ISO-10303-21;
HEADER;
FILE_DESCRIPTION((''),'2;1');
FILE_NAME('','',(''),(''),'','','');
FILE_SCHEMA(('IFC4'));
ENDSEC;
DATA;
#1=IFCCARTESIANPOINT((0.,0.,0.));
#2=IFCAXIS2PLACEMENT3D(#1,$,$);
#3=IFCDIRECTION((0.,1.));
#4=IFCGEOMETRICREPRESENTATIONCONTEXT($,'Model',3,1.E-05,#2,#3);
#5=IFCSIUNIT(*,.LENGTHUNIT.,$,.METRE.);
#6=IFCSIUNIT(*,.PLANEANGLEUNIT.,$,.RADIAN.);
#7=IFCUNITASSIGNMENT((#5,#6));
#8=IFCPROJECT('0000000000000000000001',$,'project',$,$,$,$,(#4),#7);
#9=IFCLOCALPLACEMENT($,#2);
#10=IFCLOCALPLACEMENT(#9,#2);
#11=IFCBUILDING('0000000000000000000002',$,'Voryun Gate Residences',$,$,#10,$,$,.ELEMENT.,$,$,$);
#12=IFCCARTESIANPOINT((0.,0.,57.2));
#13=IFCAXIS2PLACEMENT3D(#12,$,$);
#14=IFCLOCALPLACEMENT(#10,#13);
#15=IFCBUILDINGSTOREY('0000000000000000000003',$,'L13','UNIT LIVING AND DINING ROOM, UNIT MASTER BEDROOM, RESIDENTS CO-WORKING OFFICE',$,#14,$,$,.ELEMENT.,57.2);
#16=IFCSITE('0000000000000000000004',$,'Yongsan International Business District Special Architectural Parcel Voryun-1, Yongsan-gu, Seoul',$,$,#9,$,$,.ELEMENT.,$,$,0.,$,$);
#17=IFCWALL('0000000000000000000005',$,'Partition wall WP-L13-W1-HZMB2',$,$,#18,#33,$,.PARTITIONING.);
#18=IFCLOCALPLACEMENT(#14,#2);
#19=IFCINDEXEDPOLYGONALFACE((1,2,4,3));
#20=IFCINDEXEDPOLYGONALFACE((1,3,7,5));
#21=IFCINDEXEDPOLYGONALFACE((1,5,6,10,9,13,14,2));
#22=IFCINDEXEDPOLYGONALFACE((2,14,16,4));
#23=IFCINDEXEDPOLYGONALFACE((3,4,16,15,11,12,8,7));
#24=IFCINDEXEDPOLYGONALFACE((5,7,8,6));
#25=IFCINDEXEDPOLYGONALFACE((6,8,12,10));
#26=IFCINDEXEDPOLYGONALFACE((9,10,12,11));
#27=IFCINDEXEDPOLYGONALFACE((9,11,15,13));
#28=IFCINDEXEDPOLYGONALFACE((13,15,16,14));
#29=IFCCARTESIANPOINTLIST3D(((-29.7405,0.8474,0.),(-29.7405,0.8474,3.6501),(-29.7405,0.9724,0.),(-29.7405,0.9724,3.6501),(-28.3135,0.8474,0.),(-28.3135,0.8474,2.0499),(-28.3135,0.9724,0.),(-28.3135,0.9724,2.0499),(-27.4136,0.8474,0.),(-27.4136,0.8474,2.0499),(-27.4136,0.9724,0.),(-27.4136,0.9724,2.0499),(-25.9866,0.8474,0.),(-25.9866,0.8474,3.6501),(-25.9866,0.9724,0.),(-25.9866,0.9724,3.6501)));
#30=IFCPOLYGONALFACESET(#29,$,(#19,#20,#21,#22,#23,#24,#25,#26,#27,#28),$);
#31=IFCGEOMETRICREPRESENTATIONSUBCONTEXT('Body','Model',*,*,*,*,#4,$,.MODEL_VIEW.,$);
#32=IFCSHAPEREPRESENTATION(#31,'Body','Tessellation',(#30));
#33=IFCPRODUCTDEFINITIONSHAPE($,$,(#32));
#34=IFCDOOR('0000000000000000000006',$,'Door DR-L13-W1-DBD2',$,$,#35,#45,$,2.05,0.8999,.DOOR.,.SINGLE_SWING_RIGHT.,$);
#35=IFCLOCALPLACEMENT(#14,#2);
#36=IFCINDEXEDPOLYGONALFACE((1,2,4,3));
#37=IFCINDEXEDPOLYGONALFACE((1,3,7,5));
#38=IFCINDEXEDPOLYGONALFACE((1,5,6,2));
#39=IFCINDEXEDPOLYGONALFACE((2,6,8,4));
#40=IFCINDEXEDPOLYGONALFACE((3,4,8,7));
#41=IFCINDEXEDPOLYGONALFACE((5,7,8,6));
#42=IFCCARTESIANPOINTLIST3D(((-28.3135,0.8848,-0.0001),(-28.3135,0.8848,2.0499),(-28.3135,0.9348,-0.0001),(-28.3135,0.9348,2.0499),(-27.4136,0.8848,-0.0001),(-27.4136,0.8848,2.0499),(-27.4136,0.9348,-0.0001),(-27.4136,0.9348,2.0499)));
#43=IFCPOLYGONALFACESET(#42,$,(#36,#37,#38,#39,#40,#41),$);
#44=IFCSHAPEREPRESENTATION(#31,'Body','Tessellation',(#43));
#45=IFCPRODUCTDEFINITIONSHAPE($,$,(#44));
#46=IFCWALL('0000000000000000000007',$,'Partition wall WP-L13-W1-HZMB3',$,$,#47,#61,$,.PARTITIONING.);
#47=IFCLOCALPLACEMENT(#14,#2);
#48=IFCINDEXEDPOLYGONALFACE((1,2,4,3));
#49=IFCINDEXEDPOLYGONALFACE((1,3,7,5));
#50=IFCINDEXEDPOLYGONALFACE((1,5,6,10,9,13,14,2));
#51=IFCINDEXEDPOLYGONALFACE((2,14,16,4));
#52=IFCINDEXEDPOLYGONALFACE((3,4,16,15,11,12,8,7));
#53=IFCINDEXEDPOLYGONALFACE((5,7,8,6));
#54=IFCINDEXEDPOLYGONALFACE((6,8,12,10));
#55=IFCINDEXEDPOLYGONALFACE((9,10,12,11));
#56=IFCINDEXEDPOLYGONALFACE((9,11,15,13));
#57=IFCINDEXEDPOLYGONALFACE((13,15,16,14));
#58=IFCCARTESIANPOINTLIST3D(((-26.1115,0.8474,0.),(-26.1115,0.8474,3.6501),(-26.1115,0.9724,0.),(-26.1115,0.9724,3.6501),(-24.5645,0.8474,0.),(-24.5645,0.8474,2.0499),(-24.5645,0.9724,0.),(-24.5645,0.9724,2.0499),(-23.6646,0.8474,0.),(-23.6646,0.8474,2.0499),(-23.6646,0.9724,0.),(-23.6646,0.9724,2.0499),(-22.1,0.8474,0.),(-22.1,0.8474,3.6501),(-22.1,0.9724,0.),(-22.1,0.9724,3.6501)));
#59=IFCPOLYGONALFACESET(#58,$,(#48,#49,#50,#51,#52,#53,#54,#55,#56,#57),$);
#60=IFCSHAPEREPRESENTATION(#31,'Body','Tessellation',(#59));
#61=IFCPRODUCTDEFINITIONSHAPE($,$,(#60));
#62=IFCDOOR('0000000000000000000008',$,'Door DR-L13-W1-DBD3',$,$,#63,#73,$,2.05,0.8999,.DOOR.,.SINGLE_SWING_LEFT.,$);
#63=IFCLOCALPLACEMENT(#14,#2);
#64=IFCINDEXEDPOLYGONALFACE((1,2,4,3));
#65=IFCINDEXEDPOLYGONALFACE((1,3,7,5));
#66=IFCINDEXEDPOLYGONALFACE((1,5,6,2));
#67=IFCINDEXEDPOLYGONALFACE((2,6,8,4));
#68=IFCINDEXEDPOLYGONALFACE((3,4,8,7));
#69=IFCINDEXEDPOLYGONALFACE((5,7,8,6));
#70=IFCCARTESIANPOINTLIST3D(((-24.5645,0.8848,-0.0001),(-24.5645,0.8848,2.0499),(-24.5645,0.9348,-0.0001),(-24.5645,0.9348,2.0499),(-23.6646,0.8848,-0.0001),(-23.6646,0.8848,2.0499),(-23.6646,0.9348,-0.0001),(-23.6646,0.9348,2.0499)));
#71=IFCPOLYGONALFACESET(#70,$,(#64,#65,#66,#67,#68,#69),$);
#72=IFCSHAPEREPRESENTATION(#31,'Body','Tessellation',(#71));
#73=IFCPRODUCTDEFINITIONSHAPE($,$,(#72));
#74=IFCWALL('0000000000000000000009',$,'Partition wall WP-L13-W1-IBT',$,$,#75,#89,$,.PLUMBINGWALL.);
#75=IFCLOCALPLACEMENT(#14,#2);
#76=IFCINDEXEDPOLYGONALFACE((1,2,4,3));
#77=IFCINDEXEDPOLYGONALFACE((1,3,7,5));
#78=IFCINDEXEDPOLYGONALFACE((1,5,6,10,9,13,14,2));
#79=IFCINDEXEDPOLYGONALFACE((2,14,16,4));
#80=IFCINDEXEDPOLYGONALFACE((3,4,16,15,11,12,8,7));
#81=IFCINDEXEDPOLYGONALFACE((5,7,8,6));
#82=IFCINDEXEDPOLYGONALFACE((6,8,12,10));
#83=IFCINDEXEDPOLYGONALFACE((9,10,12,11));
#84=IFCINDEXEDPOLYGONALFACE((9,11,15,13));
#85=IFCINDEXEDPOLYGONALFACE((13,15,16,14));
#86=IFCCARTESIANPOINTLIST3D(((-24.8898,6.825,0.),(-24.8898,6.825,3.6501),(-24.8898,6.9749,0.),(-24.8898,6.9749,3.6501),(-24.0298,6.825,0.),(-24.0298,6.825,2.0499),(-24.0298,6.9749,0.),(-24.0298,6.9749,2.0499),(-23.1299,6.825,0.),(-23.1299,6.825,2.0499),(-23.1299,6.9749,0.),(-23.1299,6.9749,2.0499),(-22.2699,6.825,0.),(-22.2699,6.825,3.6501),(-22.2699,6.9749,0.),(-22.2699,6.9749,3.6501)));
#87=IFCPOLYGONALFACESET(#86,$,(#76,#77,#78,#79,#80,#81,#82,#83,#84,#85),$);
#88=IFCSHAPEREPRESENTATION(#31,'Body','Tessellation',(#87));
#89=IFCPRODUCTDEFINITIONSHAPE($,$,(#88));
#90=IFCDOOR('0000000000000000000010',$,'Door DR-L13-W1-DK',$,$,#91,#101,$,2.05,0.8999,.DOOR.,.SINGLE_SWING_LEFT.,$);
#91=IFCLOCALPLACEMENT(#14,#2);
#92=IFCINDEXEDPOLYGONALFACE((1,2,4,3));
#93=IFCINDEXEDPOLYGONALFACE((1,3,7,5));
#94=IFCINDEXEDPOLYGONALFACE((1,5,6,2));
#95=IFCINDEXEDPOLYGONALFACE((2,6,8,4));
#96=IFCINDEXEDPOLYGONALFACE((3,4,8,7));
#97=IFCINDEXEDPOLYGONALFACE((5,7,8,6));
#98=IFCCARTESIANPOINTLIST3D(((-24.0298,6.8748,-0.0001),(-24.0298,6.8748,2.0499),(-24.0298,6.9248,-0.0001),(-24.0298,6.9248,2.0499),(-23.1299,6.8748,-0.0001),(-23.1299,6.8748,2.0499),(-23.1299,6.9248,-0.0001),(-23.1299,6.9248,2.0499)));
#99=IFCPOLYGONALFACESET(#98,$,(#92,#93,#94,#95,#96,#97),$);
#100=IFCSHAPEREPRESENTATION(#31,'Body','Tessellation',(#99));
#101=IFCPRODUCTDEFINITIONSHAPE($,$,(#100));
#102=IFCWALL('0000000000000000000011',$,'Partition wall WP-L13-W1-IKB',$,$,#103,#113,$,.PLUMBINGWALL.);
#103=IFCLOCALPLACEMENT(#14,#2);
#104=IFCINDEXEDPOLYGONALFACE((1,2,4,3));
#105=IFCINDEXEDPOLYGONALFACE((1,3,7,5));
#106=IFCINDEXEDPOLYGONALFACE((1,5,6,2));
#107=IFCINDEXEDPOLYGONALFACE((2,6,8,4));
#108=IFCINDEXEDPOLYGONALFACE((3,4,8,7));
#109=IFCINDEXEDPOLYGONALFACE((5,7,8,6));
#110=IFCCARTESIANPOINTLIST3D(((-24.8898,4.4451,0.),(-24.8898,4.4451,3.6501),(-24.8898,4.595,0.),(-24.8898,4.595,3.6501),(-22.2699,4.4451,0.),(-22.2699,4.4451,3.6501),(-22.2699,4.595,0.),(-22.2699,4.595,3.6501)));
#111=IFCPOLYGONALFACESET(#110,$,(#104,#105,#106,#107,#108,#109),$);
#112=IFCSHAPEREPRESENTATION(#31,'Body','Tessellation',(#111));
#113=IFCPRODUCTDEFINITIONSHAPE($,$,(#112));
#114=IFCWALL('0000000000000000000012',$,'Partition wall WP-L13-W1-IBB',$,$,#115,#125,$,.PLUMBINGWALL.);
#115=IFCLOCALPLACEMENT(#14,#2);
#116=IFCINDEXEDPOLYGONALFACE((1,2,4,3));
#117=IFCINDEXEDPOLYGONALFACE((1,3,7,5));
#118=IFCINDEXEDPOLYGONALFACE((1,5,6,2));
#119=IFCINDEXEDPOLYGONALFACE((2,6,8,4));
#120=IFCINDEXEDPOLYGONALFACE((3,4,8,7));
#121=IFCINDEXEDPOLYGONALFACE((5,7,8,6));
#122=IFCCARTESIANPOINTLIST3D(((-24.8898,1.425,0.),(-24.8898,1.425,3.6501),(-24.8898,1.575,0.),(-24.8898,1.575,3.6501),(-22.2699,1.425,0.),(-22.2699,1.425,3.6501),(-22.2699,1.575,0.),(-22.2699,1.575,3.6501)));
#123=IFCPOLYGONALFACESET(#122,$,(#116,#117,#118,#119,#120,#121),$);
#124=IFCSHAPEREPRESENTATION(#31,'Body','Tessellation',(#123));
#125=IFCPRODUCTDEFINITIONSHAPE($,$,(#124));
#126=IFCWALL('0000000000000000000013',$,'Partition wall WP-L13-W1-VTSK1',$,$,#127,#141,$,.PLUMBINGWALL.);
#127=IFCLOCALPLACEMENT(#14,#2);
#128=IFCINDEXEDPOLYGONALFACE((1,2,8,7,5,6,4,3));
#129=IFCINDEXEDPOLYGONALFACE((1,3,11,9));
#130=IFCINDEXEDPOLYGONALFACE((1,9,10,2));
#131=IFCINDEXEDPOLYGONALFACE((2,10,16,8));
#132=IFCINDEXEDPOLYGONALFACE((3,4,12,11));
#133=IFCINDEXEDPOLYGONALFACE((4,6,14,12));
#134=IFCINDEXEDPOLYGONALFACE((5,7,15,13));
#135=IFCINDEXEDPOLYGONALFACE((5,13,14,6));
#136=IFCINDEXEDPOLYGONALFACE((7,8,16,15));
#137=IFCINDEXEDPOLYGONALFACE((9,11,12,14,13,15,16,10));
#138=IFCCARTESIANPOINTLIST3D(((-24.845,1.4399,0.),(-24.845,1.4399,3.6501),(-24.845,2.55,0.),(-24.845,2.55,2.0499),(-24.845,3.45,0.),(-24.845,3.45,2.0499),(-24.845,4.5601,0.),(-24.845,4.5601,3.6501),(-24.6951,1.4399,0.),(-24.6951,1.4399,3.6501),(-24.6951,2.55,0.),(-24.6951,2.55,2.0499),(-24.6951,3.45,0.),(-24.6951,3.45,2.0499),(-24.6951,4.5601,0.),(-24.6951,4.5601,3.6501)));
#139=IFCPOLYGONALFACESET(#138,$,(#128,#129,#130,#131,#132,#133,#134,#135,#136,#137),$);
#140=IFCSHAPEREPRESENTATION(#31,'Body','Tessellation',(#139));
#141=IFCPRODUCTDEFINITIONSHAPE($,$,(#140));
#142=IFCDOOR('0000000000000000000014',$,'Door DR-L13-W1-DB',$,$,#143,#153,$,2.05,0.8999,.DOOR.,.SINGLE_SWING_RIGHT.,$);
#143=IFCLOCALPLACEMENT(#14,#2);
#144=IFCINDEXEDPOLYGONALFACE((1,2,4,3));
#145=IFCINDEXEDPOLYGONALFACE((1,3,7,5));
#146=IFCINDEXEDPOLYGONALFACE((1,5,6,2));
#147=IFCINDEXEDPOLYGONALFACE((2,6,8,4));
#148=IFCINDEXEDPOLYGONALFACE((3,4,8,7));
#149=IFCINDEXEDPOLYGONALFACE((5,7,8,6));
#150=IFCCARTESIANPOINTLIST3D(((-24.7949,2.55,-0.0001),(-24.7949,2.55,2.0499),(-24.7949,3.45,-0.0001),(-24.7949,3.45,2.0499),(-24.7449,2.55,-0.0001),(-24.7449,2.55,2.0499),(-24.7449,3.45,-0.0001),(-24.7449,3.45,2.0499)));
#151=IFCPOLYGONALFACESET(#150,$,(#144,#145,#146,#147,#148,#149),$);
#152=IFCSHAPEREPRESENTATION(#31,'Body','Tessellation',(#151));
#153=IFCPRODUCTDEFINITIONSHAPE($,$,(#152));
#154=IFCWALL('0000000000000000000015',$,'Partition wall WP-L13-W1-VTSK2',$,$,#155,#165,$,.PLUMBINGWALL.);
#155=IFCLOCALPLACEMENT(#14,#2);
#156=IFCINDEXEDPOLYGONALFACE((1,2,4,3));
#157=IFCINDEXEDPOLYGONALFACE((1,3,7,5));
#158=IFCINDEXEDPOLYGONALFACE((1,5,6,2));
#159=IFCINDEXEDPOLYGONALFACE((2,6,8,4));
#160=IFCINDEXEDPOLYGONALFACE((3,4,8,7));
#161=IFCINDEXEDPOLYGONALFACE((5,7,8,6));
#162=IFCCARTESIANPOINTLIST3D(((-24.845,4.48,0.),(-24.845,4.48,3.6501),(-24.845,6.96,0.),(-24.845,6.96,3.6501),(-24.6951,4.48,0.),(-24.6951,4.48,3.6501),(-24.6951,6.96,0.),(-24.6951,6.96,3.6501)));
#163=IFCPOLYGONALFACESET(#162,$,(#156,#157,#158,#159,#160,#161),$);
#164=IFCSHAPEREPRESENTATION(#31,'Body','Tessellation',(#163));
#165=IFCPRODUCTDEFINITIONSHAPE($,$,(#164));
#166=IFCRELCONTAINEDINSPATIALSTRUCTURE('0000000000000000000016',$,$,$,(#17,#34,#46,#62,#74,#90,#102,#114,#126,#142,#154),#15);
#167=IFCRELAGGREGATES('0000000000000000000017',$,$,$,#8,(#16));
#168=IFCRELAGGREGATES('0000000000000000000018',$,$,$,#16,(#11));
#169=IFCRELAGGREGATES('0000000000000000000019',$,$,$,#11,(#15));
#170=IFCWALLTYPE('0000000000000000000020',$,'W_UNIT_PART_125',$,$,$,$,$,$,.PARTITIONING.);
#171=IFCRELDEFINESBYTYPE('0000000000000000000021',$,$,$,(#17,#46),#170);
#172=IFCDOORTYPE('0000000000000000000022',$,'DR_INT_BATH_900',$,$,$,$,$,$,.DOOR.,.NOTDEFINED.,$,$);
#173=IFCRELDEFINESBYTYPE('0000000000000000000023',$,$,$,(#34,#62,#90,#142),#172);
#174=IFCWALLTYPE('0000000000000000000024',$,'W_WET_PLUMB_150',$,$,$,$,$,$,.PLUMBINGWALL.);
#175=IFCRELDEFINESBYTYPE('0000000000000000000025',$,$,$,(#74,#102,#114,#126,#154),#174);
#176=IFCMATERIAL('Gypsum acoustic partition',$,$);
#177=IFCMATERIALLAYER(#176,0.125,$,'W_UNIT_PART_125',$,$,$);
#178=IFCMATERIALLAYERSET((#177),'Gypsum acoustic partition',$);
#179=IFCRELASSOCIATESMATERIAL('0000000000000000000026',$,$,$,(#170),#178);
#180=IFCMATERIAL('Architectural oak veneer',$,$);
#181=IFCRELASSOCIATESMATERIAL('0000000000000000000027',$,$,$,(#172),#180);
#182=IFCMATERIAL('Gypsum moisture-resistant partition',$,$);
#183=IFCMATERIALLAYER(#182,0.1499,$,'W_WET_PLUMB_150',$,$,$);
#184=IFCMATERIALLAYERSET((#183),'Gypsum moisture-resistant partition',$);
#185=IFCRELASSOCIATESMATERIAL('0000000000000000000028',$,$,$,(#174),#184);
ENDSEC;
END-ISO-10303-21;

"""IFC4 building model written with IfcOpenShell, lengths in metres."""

from ifc_helpers import new_model, si_unit, direction, frame, frame_2d, origin, place, context, subcontext, project, spatial, rectangle, extrude, material, layer, layer_set, type_object, element, fill, save


model = new_model("IFC4")

# Units and contexts
model_context = context("Model", 3, precision=1e-05, world=origin(), true_north=direction((0.0, 1.0)))
body_context = subcontext(model_context, "Body", "Model", "MODEL_VIEW")
ifc_project = project(units=[si_unit("LENGTHUNIT", "METRE"), si_unit("PLANEANGLEUNIT", "RADIAN")], contexts=[model_context])

# Site, building, storey
site_placement = place(None, origin())
site = spatial("IfcSite", under=ifc_project, at=site_placement, Name="Yongsan International Business District Special Architectural Parcel Voryun-1, Yongsan-gu, Seoul", CompositionType="ELEMENT", RefElevation=0.0)
building_placement = place(site_placement, origin())
building = spatial("IfcBuilding", under=site, at=building_placement, Name="Voryun Gate Residences", CompositionType="ELEMENT")
storey_placement = place(building_placement, frame((0.0, 0.0, 57.2)))
storey = spatial("IfcBuildingStorey", under=building, at=storey_placement, Name="L13", Description="UNIT LIVING AND DINING ROOM, UNIT MASTER BEDROOM, RESIDENTS CO-WORKING OFFICE", CompositionType="ELEMENT", Elevation=57.2)

# Walls, openings, doors
ifc_material_1 = material(Name="Gypsum acoustic partition")
ifc_layer_1 = layer(ifc_material_1, 0.125, Name="W_UNIT_PART_125")
ifc_layer_set_1 = layer_set([ifc_layer_1], Name="Gypsum acoustic partition")
wall_type_1 = type_object("IfcWallType", Name="W_UNIT_PART_125", PredefinedType="PARTITIONING", material=ifc_layer_set_1)
ifc_material_2 = material(Name="Architectural oak veneer")
door_type_1 = type_object("IfcDoorType", Name="DR_INT_BATH_900", OperationType="NOTDEFINED", PredefinedType="DOOR", material=ifc_material_2)
wall_1_placement = place(storey_placement, frame((-29.7405, 0.9099, 0.0), z_axis=(0.0, 0.0, 1.0), x_axis=(1.0, 0.0, 0.0)))
wall_1 = element("IfcWall", 1, at=wall_1_placement, inside=storey, type_object=wall_type_1, Name="Partition wall WP-L13-W1-HZMB2", PredefinedType="PARTITIONING", context=body_context, shape_type="SweptSolid", body=[
    extrude(rectangle(XDim=3.7539, YDim=0.125, at=frame_2d((1.877, 0.0))), origin(), (0.0, 0.0, 1.0), 3.6501),
])
opening_1_placement = place(wall_1_placement, frame((1.427, 0.0, 0.0)))
opening_1 = element("IfcOpeningElement", 2, at=opening_1_placement, cuts=wall_1, PredefinedType="OPENING", context=body_context, shape_type="SweptSolid", body=[
    extrude(rectangle(XDim=0.8999, YDim=2.05, at=frame_2d((0.45, 1.0249))), frame((0.0, 0.0725, 0.0), z_axis=(0.0, -1.0, 0.0), x_axis=(1.0, 0.0, 0.0)), (0.0, 0.0, 1.0), 0.145),
])
door_1_placement = place(opening_1_placement, origin())
door_1 = element("IfcDoor", 3, at=door_1_placement, inside=storey, type_object=door_type_1, Name="Door DR-L13-W1-DBD2", OperationType="SINGLE_SWING_RIGHT", OverallHeight=2.05, OverallWidth=0.8999, PredefinedType="DOOR", context=body_context, shape_type="SweptSolid", body=[
    extrude(rectangle(XDim=0.8999, YDim=2.05, at=frame_2d((0.45, 1.0249))), frame((0.0, 0.0249, 0.0), z_axis=(0.0, -1.0, 0.0), x_axis=(1.0, 0.0, 0.0)), (0.0, 0.0, 1.0), 0.05),
])
fill(opening_1, door_1)
wall_2_placement = place(storey_placement, frame((-26.1116, 0.9099, 0.0), z_axis=(0.0, 0.0, 1.0), x_axis=(1.0, 0.0, 0.0)))
wall_2 = element("IfcWall", 4, at=wall_2_placement, inside=storey, type_object=wall_type_1, Name="Partition wall WP-L13-W1-HZMB3", PredefinedType="PARTITIONING", context=body_context, shape_type="SweptSolid", body=[
    extrude(rectangle(XDim=4.0115, YDim=0.125, at=frame_2d((2.0059, 0.0))), origin(), (0.0, 0.0, 1.0), 3.6501),
])
opening_2_placement = place(wall_2_placement, frame((1.5471, 0.0, 0.0)))
opening_2 = element("IfcOpeningElement", 5, at=opening_2_placement, cuts=wall_2, PredefinedType="OPENING", context=body_context, shape_type="SweptSolid", body=[
    extrude(rectangle(XDim=0.8999, YDim=2.05, at=frame_2d((0.45, 1.0249))), frame((0.0, 0.0725, 0.0), z_axis=(0.0, -1.0, 0.0), x_axis=(1.0, 0.0, 0.0)), (0.0, 0.0, 1.0), 0.145),
])
door_2_placement = place(opening_2_placement, origin())
door_2 = element("IfcDoor", 6, at=door_2_placement, inside=storey, type_object=door_type_1, Name="Door DR-L13-W1-DBD3", OperationType="SINGLE_SWING_LEFT", OverallHeight=2.05, OverallWidth=0.8999, PredefinedType="DOOR", context=body_context, shape_type="SweptSolid", body=[
    extrude(rectangle(XDim=0.8999, YDim=2.05, at=frame_2d((0.45, 1.0249))), frame((0.0, 0.0249, 0.0), z_axis=(0.0, -1.0, 0.0), x_axis=(1.0, 0.0, 0.0)), (0.0, 0.0, 1.0), 0.05),
])
fill(opening_2, door_2)
ifc_material_3 = material(Name="Gypsum moisture-resistant partition")
ifc_layer_2 = layer(ifc_material_3, 0.1499, Name="W_WET_PLUMB_150")
ifc_layer_set_2 = layer_set([ifc_layer_2], Name="Gypsum moisture-resistant partition")
wall_type_2 = type_object("IfcWallType", Name="W_WET_PLUMB_150", PredefinedType="PLUMBINGWALL", material=ifc_layer_set_2)
wall_3_placement = place(storey_placement, frame((-24.8899, 6.8999, 0.0), z_axis=(0.0, 0.0, 1.0), x_axis=(1.0, 0.0, 0.0)))
wall_3 = element("IfcWall", 7, at=wall_3_placement, inside=storey, type_object=wall_type_2, Name="Partition wall WP-L13-W1-IBT", PredefinedType="PLUMBINGWALL", context=body_context, shape_type="SweptSolid", body=[
    extrude(rectangle(XDim=2.6199, YDim=0.1499, at=frame_2d((1.3101, 0.0))), origin(), (0.0, 0.0, 1.0), 3.6501),
])
opening_3_placement = place(wall_3_placement, frame((0.8601, 0.0, 0.0)))
opening_3 = element("IfcOpeningElement", 8, at=opening_3_placement, cuts=wall_3, PredefinedType="OPENING", context=body_context, shape_type="SweptSolid", body=[
    extrude(rectangle(XDim=0.8999, YDim=2.05, at=frame_2d((0.45, 1.0249))), frame((0.0, 0.085, 0.0), z_axis=(0.0, -1.0, 0.0), x_axis=(1.0, 0.0, 0.0)), (0.0, 0.0, 1.0), 0.1699),
])
door_3_placement = place(opening_3_placement, origin())
door_3 = element("IfcDoor", 9, at=door_3_placement, inside=storey, type_object=door_type_1, Name="Door DR-L13-W1-DK", OperationType="SINGLE_SWING_LEFT", OverallHeight=2.05, OverallWidth=0.8999, PredefinedType="DOOR", context=body_context, shape_type="SweptSolid", body=[
    extrude(rectangle(XDim=0.8999, YDim=2.05, at=frame_2d((0.45, 1.0249))), frame((0.0, 0.0249, 0.0), z_axis=(0.0, -1.0, 0.0), x_axis=(1.0, 0.0, 0.0)), (0.0, 0.0, 1.0), 0.05),
])
fill(opening_3, door_3)

# Walls
for number, where, z_axis, x_axis, name in (
    (10, (-24.8899, 4.52, 0.0), (0.0, 0.0, 1.0), (1.0, 0.0, 0.0), "Partition wall WP-L13-W1-IKB"),
    (11, (-24.8899, 1.5, 0.0), (0.0, 0.0, 1.0), (1.0, 0.0, 0.0), "Partition wall WP-L13-W1-IBB"),
):
    element("IfcWall", number, at=place(storey_placement, frame(where, z_axis=z_axis, x_axis=x_axis)), inside=storey, type_object=wall_type_2, Name=name, PredefinedType="PLUMBINGWALL", context=body_context, shape_type="SweptSolid", body=[
        extrude(rectangle(XDim=2.6199, YDim=0.1499, at=frame_2d((1.3101, 0.0))), origin(), (0.0, 0.0, 1.0), 3.6501),
    ])

# Wall, opening, door
wall_4_placement = place(storey_placement, frame((-24.77, 1.4399, 0.0), z_axis=(0.0, 0.0, 1.0), x_axis=(0.0, 1.0, 0.0)))
wall_4 = element("IfcWall", 12, at=wall_4_placement, inside=storey, type_object=wall_type_2, Name="Partition wall WP-L13-W1-VTSK1", PredefinedType="PLUMBINGWALL", context=body_context, shape_type="SweptSolid", body=[
    extrude(rectangle(XDim=3.1201, YDim=0.1499, at=frame_2d((1.5601, 0.0))), origin(), (0.0, 0.0, 1.0), 3.6501),
])
opening_4_placement = place(wall_4_placement, frame((1.1101, 0.0, 0.0)))
opening_4 = element("IfcOpeningElement", 13, at=opening_4_placement, cuts=wall_4, PredefinedType="OPENING", context=body_context, shape_type="SweptSolid", body=[
    extrude(rectangle(XDim=0.8999, YDim=2.05, at=frame_2d((0.45, 1.0249))), frame((0.0, 0.085, 0.0), z_axis=(0.0, -1.0, 0.0), x_axis=(1.0, 0.0, 0.0)), (0.0, 0.0, 1.0), 0.1699),
])
door_4_placement = place(opening_4_placement, origin())
door_4 = element("IfcDoor", 14, at=door_4_placement, inside=storey, type_object=door_type_1, Name="Door DR-L13-W1-DB", OperationType="SINGLE_SWING_RIGHT", OverallHeight=2.05, OverallWidth=0.8999, PredefinedType="DOOR", context=body_context, shape_type="SweptSolid", body=[
    extrude(rectangle(XDim=0.8999, YDim=2.05, at=frame_2d((0.45, 1.0249))), frame((0.0, 0.0249, 0.0), z_axis=(0.0, -1.0, 0.0), x_axis=(1.0, 0.0, 0.0)), (0.0, 0.0, 1.0), 0.05),
])
fill(opening_4, door_4)

# Wall
wall_5_placement = place(storey_placement, frame((-24.77, 4.48, 0.0), z_axis=(0.0, 0.0, 1.0), x_axis=(0.0, 1.0, 0.0)))
element("IfcWall", 15, at=wall_5_placement, inside=storey, type_object=wall_type_2, Name="Partition wall WP-L13-W1-VTSK2", PredefinedType="PLUMBINGWALL", context=body_context, shape_type="SweptSolid", body=[
    extrude(rectangle(XDim=2.48, YDim=0.1499, at=frame_2d((1.24, 0.0))), origin(), (0.0, 0.0, 1.0), 3.6501),
])

save(model, "model.ifc")
